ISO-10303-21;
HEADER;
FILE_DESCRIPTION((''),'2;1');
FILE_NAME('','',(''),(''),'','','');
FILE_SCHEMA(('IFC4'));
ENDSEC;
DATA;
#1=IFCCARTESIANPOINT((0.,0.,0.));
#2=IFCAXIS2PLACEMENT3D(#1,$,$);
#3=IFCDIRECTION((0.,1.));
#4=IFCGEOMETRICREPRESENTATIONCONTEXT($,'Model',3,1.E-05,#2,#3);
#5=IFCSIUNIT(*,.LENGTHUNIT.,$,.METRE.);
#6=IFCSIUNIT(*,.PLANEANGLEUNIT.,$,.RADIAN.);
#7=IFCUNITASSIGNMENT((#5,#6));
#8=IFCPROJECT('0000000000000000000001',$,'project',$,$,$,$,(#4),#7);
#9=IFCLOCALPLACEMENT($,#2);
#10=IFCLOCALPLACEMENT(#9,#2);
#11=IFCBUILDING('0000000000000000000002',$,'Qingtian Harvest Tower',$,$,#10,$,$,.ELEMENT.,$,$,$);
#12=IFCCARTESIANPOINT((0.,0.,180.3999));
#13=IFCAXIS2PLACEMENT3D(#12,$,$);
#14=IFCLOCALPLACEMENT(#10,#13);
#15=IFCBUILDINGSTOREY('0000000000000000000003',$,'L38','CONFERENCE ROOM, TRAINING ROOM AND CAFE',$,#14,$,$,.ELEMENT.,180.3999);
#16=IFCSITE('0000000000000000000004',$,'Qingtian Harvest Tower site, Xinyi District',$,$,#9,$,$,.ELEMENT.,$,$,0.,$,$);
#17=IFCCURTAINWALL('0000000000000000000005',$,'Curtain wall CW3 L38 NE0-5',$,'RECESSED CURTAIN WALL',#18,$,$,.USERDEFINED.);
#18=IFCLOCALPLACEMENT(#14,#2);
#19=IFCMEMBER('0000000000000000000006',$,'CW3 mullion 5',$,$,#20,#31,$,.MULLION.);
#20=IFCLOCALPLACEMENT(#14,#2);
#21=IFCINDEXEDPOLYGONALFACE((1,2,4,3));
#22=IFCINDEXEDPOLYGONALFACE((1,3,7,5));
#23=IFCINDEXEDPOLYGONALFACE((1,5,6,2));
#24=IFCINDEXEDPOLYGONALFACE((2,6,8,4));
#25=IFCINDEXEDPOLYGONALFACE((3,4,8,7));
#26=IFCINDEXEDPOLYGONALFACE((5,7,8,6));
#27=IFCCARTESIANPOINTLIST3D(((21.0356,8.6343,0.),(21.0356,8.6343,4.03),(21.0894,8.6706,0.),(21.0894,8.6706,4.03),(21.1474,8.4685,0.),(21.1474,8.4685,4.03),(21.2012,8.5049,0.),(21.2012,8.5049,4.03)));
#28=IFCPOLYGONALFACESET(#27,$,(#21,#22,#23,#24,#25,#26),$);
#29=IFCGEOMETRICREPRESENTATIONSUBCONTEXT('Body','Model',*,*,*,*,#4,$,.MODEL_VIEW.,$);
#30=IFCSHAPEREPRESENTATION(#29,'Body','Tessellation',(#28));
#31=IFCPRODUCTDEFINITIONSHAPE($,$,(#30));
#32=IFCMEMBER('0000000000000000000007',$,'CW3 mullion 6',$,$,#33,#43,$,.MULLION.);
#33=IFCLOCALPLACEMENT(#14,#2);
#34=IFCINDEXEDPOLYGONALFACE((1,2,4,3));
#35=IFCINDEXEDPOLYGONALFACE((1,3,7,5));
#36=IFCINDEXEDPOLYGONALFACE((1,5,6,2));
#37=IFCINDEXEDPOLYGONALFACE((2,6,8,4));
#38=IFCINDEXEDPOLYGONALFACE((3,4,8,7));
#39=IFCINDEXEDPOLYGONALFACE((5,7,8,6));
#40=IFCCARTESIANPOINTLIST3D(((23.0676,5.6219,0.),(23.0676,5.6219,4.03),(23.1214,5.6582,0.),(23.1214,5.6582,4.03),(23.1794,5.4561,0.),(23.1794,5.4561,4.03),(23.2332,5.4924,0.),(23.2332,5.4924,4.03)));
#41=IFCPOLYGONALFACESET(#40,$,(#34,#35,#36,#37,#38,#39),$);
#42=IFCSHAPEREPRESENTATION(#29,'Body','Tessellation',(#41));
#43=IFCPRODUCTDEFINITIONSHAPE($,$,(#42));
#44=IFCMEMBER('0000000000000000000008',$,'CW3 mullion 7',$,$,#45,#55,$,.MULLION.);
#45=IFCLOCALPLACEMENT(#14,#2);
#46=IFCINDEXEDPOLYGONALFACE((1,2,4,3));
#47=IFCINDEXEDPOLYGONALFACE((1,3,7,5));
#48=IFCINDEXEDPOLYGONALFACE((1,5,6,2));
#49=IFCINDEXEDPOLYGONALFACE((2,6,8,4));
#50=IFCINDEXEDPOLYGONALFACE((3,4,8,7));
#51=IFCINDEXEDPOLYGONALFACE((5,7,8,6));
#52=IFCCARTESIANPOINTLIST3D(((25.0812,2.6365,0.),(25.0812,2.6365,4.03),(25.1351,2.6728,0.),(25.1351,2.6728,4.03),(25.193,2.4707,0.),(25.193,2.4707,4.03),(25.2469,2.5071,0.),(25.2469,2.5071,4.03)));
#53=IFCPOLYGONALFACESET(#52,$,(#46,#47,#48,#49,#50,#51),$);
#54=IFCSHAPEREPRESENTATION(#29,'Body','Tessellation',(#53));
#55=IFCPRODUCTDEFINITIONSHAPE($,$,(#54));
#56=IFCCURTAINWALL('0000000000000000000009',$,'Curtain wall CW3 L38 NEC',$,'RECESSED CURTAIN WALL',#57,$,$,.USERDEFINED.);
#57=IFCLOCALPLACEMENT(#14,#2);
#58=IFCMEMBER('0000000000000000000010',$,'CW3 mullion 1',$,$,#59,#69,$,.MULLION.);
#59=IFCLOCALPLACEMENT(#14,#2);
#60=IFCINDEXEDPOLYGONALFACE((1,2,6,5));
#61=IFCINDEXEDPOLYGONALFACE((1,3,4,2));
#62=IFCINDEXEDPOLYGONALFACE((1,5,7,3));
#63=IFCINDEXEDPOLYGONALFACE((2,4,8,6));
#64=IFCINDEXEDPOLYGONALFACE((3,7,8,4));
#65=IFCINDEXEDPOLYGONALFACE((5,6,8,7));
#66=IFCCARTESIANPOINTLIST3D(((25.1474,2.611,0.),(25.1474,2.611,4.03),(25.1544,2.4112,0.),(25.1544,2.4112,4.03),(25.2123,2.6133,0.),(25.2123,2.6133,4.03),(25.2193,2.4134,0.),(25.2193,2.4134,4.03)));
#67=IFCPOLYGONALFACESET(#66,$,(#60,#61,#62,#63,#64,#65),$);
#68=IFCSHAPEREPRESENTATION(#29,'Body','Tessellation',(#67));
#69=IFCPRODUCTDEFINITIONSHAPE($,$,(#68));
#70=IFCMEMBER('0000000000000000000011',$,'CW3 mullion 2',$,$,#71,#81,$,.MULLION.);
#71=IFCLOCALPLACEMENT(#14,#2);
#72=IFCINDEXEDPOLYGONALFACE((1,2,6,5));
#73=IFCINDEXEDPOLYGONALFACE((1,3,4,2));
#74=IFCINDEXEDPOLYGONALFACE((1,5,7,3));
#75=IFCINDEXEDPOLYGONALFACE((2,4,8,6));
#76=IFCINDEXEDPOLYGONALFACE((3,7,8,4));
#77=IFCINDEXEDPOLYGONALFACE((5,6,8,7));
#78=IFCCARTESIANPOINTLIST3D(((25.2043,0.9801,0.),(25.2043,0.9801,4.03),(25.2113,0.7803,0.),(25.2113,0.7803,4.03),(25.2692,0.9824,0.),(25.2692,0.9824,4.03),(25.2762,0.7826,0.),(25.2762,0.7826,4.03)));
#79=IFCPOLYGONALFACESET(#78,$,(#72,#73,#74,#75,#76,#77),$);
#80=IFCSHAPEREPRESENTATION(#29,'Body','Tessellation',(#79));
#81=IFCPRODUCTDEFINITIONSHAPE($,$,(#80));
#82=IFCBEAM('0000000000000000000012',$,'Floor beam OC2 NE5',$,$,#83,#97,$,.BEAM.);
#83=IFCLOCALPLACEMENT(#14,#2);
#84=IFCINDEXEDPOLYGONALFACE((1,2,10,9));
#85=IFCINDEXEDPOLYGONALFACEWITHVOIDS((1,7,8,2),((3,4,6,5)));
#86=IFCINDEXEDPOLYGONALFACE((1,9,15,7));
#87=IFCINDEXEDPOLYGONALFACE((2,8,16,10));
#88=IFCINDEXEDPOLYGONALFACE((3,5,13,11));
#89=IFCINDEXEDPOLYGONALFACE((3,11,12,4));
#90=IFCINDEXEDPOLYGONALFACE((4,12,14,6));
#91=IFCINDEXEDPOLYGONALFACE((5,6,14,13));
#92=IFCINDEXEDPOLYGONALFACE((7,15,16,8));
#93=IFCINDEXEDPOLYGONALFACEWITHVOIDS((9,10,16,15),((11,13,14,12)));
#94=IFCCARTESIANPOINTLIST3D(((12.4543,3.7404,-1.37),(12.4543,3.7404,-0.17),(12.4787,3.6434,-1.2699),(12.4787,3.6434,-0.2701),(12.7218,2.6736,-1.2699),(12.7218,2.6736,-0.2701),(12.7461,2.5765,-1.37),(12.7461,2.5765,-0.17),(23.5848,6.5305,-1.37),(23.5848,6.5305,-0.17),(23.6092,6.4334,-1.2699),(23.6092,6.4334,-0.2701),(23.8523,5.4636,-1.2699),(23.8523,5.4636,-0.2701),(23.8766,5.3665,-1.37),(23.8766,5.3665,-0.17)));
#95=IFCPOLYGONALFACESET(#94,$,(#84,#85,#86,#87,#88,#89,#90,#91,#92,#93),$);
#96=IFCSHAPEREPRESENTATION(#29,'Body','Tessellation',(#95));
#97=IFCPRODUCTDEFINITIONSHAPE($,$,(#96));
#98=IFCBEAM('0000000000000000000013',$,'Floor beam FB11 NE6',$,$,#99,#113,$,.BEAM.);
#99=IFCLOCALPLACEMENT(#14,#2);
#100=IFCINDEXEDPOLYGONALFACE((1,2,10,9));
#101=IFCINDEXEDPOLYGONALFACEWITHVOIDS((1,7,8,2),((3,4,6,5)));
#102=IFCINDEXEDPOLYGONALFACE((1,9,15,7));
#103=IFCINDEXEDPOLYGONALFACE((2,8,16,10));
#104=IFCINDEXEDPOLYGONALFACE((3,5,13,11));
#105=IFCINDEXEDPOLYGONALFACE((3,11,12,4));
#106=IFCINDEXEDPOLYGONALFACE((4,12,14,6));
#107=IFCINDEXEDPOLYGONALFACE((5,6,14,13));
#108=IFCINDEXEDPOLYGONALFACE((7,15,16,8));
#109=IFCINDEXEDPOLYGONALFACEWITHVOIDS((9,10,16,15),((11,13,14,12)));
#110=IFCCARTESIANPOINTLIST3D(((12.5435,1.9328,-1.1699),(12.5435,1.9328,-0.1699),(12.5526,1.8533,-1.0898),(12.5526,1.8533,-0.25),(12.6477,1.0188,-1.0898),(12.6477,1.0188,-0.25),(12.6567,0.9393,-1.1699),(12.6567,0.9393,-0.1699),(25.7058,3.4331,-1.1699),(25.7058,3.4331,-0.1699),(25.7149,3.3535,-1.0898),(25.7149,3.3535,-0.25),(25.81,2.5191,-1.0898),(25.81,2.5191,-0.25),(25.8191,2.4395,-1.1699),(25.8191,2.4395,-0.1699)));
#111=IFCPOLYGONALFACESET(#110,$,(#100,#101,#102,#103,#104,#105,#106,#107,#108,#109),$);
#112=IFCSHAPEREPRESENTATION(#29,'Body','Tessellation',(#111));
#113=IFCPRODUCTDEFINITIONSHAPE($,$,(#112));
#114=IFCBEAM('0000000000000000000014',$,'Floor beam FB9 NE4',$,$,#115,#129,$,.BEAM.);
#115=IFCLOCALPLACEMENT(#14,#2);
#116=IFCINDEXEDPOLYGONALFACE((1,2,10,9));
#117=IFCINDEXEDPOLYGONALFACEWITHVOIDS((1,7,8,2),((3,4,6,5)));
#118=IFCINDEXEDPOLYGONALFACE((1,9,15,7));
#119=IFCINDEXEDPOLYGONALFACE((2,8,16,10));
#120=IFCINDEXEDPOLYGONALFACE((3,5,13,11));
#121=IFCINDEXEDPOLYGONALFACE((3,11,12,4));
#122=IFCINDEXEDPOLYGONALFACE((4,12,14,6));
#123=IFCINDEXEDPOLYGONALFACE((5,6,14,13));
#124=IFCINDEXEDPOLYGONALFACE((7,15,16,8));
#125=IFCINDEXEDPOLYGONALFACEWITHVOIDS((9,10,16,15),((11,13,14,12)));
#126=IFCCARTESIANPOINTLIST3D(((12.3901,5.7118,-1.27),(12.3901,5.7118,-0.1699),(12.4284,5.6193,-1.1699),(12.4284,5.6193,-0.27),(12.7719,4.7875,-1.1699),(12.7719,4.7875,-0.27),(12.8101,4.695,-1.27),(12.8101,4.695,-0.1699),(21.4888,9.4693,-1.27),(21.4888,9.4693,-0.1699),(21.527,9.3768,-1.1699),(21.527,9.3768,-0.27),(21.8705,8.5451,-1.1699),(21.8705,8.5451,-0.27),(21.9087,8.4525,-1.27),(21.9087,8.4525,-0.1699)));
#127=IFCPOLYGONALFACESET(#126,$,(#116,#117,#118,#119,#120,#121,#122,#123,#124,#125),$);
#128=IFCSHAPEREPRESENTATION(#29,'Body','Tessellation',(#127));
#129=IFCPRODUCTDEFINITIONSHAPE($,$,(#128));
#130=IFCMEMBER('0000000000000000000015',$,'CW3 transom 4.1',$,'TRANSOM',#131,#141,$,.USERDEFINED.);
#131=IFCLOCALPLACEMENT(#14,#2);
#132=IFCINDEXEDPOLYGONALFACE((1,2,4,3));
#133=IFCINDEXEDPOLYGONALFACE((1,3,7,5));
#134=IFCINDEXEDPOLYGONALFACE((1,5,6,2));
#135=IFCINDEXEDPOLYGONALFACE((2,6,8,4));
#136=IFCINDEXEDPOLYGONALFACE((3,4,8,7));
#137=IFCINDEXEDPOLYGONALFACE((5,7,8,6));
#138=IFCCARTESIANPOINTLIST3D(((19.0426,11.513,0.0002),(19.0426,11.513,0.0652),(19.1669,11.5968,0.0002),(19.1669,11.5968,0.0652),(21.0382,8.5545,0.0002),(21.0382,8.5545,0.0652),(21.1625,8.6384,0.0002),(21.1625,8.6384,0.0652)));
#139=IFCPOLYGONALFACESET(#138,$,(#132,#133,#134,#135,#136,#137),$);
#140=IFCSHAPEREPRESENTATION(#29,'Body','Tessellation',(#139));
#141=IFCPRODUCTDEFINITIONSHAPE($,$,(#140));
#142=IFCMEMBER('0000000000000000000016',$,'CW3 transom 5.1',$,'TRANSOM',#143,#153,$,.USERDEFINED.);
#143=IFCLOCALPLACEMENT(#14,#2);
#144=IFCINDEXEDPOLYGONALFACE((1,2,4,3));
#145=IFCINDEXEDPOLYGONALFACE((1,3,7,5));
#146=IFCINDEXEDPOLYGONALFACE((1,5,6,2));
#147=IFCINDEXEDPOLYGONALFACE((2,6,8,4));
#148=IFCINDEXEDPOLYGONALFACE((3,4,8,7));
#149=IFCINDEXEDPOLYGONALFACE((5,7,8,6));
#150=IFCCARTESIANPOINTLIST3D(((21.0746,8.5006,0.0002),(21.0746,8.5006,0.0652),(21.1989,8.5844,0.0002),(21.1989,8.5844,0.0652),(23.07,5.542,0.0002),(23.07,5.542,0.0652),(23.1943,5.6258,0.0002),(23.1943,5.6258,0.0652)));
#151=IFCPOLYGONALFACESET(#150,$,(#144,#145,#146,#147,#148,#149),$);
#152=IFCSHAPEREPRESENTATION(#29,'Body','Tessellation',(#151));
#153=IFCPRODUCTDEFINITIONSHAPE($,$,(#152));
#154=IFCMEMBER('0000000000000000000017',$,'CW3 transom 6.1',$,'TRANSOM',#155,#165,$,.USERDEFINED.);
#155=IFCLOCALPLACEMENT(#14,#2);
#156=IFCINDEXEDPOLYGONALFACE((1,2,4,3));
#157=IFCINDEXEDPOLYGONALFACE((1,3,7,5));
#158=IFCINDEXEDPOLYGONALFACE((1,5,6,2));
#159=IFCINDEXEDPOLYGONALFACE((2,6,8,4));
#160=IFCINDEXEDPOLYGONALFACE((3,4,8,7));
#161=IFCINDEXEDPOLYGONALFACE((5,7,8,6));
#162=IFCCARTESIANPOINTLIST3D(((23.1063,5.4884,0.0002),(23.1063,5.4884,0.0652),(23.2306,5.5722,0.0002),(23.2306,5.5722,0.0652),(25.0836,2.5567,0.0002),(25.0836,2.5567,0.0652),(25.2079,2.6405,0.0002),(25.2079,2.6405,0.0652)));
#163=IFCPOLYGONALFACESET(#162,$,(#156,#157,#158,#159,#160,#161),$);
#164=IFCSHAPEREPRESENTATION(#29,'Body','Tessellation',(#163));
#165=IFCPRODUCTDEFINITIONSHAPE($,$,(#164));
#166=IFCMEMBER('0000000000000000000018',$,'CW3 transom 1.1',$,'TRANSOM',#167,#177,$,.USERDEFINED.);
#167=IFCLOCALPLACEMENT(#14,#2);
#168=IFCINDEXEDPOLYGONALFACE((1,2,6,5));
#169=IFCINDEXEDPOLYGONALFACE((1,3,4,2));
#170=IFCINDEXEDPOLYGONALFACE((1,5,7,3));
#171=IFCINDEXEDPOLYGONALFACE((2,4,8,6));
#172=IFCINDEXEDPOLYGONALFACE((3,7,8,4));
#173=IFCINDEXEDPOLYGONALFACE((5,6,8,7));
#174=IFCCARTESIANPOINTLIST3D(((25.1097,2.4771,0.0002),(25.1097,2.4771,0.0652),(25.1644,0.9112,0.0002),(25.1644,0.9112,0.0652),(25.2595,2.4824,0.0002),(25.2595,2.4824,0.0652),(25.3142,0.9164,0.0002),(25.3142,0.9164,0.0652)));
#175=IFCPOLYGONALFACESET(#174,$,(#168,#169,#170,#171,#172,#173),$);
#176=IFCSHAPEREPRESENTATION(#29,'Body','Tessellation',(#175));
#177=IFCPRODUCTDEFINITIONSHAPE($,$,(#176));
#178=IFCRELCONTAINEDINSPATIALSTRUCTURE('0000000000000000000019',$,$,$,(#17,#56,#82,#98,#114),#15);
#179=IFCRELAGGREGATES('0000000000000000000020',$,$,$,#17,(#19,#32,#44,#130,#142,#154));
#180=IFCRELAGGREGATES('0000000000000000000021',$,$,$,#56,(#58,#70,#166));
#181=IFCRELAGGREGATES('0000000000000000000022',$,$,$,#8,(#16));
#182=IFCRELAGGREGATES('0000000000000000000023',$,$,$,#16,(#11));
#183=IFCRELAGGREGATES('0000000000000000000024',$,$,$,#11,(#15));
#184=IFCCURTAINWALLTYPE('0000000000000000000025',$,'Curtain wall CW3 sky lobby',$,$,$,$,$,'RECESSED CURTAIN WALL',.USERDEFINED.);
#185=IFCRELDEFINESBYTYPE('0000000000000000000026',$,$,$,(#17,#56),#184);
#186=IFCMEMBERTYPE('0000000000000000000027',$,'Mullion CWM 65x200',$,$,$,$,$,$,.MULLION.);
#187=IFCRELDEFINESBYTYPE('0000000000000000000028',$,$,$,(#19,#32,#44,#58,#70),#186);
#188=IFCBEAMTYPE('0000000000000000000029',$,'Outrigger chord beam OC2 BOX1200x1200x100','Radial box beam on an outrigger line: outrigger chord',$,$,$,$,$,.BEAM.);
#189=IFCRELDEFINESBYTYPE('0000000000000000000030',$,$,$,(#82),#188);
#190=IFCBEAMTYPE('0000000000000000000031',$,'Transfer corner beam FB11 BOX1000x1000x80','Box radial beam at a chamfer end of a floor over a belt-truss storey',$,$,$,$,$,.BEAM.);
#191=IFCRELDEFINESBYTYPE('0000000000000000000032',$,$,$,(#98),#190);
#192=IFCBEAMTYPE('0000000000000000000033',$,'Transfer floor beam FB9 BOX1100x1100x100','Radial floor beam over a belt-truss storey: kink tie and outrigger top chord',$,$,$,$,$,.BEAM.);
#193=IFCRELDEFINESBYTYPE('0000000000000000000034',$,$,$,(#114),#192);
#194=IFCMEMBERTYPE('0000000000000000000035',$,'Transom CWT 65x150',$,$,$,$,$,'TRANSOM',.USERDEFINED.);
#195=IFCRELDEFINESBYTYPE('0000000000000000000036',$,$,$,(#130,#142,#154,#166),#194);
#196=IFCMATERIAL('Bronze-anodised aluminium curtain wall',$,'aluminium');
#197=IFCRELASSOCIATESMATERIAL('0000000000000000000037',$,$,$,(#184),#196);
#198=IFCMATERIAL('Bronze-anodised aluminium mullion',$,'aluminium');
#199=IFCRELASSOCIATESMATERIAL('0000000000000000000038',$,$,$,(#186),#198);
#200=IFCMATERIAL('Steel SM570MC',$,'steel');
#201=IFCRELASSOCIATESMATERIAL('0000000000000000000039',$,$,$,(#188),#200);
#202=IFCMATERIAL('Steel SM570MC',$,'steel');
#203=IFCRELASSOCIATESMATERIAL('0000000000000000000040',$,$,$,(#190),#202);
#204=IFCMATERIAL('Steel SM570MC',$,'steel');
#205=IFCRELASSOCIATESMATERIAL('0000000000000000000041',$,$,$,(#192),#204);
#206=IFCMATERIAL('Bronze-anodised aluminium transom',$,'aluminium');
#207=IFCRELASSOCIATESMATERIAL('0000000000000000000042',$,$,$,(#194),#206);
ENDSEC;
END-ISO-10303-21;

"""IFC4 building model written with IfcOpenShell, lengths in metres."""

from ifc_helpers import new_model, si_unit, direction, frame, origin, origin_2d, place, context, subcontext, project, spatial, rectangle, hollow_rectangle, extrude, material, material_profile, profile_set, type_object, element, aggregate, save


model = new_model("IFC4")

# Units and contexts
model_context = context("Model", 3, precision=1e-05, world=origin(), true_north=direction((0.0, 1.0)))
body_context = subcontext(model_context, "Body", "Model", "MODEL_VIEW")
ifc_project = project(units=[si_unit("LENGTHUNIT", "METRE"), si_unit("PLANEANGLEUNIT", "RADIAN")], contexts=[model_context])

# Site, building, storey
site_placement = place(None, origin())
site = spatial("IfcSite", under=ifc_project, at=site_placement, Name="Qingtian Harvest Tower site, Xinyi District", CompositionType="ELEMENT", RefElevation=0.0)
building_placement = place(site_placement, origin())
building = spatial("IfcBuilding", under=site, at=building_placement, Name="Qingtian Harvest Tower", CompositionType="ELEMENT")
storey_placement = place(building_placement, frame((0.0, 0.0, 180.3999)))
storey = spatial("IfcBuildingStorey", under=building, at=storey_placement, Name="L38", Description="CONFERENCE ROOM, TRAINING ROOM AND CAFE", CompositionType="ELEMENT", Elevation=180.3999)

# Curtain walls, members
ifc_material_1 = material(Name="Bronze-anodised aluminium curtain wall", Category="aluminium")
curtain_wall_type = type_object("IfcCurtainWallType", Name="Curtain wall CW3 sky lobby", ElementType="RECESSED CURTAIN WALL", PredefinedType="USERDEFINED", material=ifc_material_1)
curtain_wall_1_placement = place(storey_placement, origin())
curtain_wall_1 = element("IfcCurtainWall", 1, at=curtain_wall_1_placement, inside=storey, type_object=curtain_wall_type, Name="Curtain wall CW3 L38 NE0-5", ObjectType="RECESSED CURTAIN WALL", PredefinedType="USERDEFINED")
ifc_material_2 = material(Name="Bronze-anodised aluminium mullion", Category="aluminium")
ifc_material_profile_1 = material_profile(ifc_material_2, rectangle(XDim=0.0649, YDim=0.2, at=origin_2d()), Name="AL 65x200")
ifc_profile_set_1 = profile_set([ifc_material_profile_1], Name="Bronze-anodised aluminium mullion")
member_type_1 = type_object("IfcMemberType", Name="Mullion CWM 65x200", PredefinedType="MULLION", material=ifc_profile_set_1)
member_1_placement = place(storey_placement, frame((21.1184, 8.5696, 0.0), z_axis=(0.0, 0.0, 1.0), x_axis=(0.829038, 0.559193, 0.0)))
member_1 = element("IfcMember", 2, at=member_1_placement, type_object=member_type_1, Name="CW3 mullion 5", PredefinedType="MULLION", context=body_context, shape_type="SweptSolid", body=[
    extrude(rectangle(XDim=0.0649, YDim=0.2, at=origin_2d()), origin(), (0.0, 0.0, 1.0), 4.03),
])
member_2_placement = place(storey_placement, frame((23.1504, 5.5571, 0.0), z_axis=(0.0, 0.0, 1.0), x_axis=(0.829038, 0.559193, 0.0)))
member_2 = element("IfcMember", 3, at=member_2_placement, type_object=member_type_1, Name="CW3 mullion 6", PredefinedType="MULLION", context=body_context, shape_type="SweptSolid", body=[
    extrude(rectangle(XDim=0.0649, YDim=0.2, at=origin_2d()), origin(), (0.0, 0.0, 1.0), 4.03),
])
member_3_placement = place(storey_placement, frame((25.1641, 2.5718, 0.0), z_axis=(0.0, 0.0, 1.0), x_axis=(0.829038, 0.559193, 0.0)))
member_3 = element("IfcMember", 4, at=member_3_placement, type_object=member_type_1, Name="CW3 mullion 7", PredefinedType="MULLION", context=body_context, shape_type="SweptSolid", body=[
    extrude(rectangle(XDim=0.0649, YDim=0.2, at=origin_2d()), origin(), (0.0, 0.0, 1.0), 4.03),
])
curtain_wall_2_placement = place(storey_placement, origin())
curtain_wall_2 = element("IfcCurtainWall", 5, at=curtain_wall_2_placement, inside=storey, type_object=curtain_wall_type, Name="Curtain wall CW3 L38 NEC", ObjectType="RECESSED CURTAIN WALL", PredefinedType="USERDEFINED")
member_4_placement = place(storey_placement, frame((25.1833, 2.5122, 0.0), z_axis=(0.0, 0.0, 1.0), x_axis=(0.999391, 0.034899, 0.0)))
member_4 = element("IfcMember", 6, at=member_4_placement, type_object=member_type_1, Name="CW3 mullion 1", PredefinedType="MULLION", context=body_context, shape_type="SweptSolid", body=[
    extrude(rectangle(XDim=0.0649, YDim=0.2, at=origin_2d()), origin(), (0.0, 0.0, 1.0), 4.03),
])
member_5_placement = place(storey_placement, frame((25.2402, 0.8813, 0.0), z_axis=(0.0, 0.0, 1.0), x_axis=(0.999391, 0.034899, 0.0)))
member_5 = element("IfcMember", 7, at=member_5_placement, type_object=member_type_1, Name="CW3 mullion 2", PredefinedType="MULLION", context=body_context, shape_type="SweptSolid", body=[
    extrude(rectangle(XDim=0.0649, YDim=0.2, at=origin_2d()), origin(), (0.0, 0.0, 1.0), 4.03),
])

# Beams
ifc_material_3 = material(Name="Steel SM570MC", Category="steel")
ifc_material_profile_2 = material_profile(ifc_material_3, hollow_rectangle(XDim=1.2, YDim=1.2, WallThickness=0.1001, at=origin_2d()), Name="BOX1200x1200x100")
ifc_profile_set_2 = profile_set([ifc_material_profile_2], Name="Steel SM570MC")
beam_type_1 = type_object("IfcBeamType", Name="Outrigger chord beam OC2 BOX1200x1200x100", Description="Radial box beam on an outrigger line: outrigger chord", PredefinedType="BEAM", material=ifc_profile_set_2)
beam_1_placement = place(storey_placement, frame((23.7307, 5.9485, -0.77), z_axis=(-0.969991, -0.243141, 0.0), x_axis=(0.243141, -0.969991, 0.0)))
element("IfcBeam", 8, at=beam_1_placement, inside=storey, type_object=beam_type_1, Name="Floor beam OC2 NE5", PredefinedType="BEAM", context=body_context, shape_type="SweptSolid", body=[
    extrude(hollow_rectangle(XDim=1.2, YDim=1.2, WallThickness=0.1001, at=origin_2d()), origin(), (0.0, 0.0, 1.0), 11.4749),
])
ifc_material_4 = material(Name="Steel SM570MC", Category="steel")
ifc_material_profile_3 = material_profile(ifc_material_4, hollow_rectangle(XDim=1.0, YDim=1.0, WallThickness=0.0801, at=origin_2d()), Name="BOX1000x1000x80")
ifc_profile_set_3 = profile_set([ifc_material_profile_3], Name="Steel SM570MC")
beam_type_2 = type_object("IfcBeamType", Name="Transfer corner beam FB11 BOX1000x1000x80", Description="Box radial beam at a chamfer end of a floor over a belt-truss storey", PredefinedType="BEAM", material=ifc_profile_set_3)
beam_2_placement = place(storey_placement, frame((25.7625, 2.9363, -0.6699), z_axis=(-0.993567, -0.113247, 0.0), x_axis=(0.113247, -0.993567, 0.0)))
element("IfcBeam", 9, at=beam_2_placement, inside=storey, type_object=beam_type_2, Name="Floor beam FB11 NE6", PredefinedType="BEAM", context=body_context, shape_type="SweptSolid", body=[
    extrude(hollow_rectangle(XDim=1.0, YDim=1.0, WallThickness=0.0801, at=origin_2d()), origin(), (0.0, 0.0, 1.0), 13.2476),
])
ifc_material_5 = material(Name="Steel SM570MC", Category="steel")
ifc_material_profile_4 = material_profile(ifc_material_5, hollow_rectangle(XDim=1.1001, YDim=1.1001, WallThickness=0.1001, at=origin_2d()), Name="BOX1100x1100x100")
ifc_profile_set_4 = profile_set([ifc_material_profile_4], Name="Steel SM570MC")
beam_type_3 = type_object("IfcBeamType", Name="Transfer floor beam FB9 BOX1100x1100x100", Description="Radial floor beam over a belt-truss storey: kink tie and outrigger top chord", PredefinedType="BEAM", material=ifc_profile_set_4)
beam_3_placement = place(storey_placement, frame((21.6987, 8.9609, -0.72), z_axis=(-0.924282, -0.381711, 0.0), x_axis=(0.381711, -0.924282, 0.0)))
element("IfcBeam", 10, at=beam_3_placement, inside=storey, type_object=beam_type_3, Name="Floor beam FB9 NE4", PredefinedType="BEAM", context=body_context, shape_type="SweptSolid", body=[
    extrude(hollow_rectangle(XDim=1.1001, YDim=1.1001, WallThickness=0.1001, at=origin_2d()), origin(), (0.0, 0.0, 1.0), 9.844),
])

# Members
ifc_material_6 = material(Name="Bronze-anodised aluminium transom", Category="aluminium")
ifc_material_profile_5 = material_profile(ifc_material_6, rectangle(XDim=0.1499, YDim=0.0649, at=origin_2d()), Name="AL 65x150")
ifc_profile_set_5 = profile_set([ifc_material_profile_5], Name="Bronze-anodised aluminium transom")
member_type_2 = type_object("IfcMemberType", Name="Transom CWT 65x150", ElementType="TRANSOM", PredefinedType="USERDEFINED", material=ifc_profile_set_5)
member_6_placement = place(storey_placement, frame((19.1047, 11.5549, 0.0327), z_axis=(0.559207, -0.829028, 0.0), x_axis=(0.829028, 0.559207, 0.0)))
member_6 = element("IfcMember", 11, at=member_6_placement, type_object=member_type_2, Name="CW3 transom 4.1", ObjectType="TRANSOM", PredefinedType="USERDEFINED", context=body_context, shape_type="SweptSolid", body=[
    extrude(rectangle(XDim=0.1499, YDim=0.0649, at=origin_2d()), origin(), (0.0, 0.0, 1.0), 3.5686),
])
member_7_placement = place(storey_placement, frame((21.1367, 8.5425, 0.0327), z_axis=(0.55916, -0.82906, 0.0), x_axis=(0.82906, 0.55916, 0.0)))
member_7 = element("IfcMember", 12, at=member_7_placement, type_object=member_type_2, Name="CW3 transom 5.1", ObjectType="TRANSOM", PredefinedType="USERDEFINED", context=body_context, shape_type="SweptSolid", body=[
    extrude(rectangle(XDim=0.1499, YDim=0.0649, at=origin_2d()), origin(), (0.0, 0.0, 1.0), 3.5686),
])
member_8_placement = place(storey_placement, frame((23.1685, 5.5303, 0.0327), z_axis=(0.559169, -0.829054, 0.0), x_axis=(0.829054, 0.559169, 0.0)))
member_8 = element("IfcMember", 13, at=member_8_placement, type_object=member_type_2, Name="CW3 transom 6.1", ObjectType="TRANSOM", PredefinedType="USERDEFINED", context=body_context, shape_type="SweptSolid", body=[
    extrude(rectangle(XDim=0.1499, YDim=0.0649, at=origin_2d()), origin(), (0.0, 0.0, 1.0), 3.5361),
])
member_9_placement = place(storey_placement, frame((25.1846, 2.4797, 0.0327), z_axis=(0.034902, -0.999391, 0.0), x_axis=(0.999391, 0.034902, 0.0)))
member_9 = element("IfcMember", 14, at=member_9_placement, type_object=member_type_2, Name="CW3 transom 1.1", ObjectType="TRANSOM", PredefinedType="USERDEFINED", context=body_context, shape_type="SweptSolid", body=[
    extrude(rectangle(XDim=0.1499, YDim=0.0649, at=origin_2d()), origin(), (0.0, 0.0, 1.0), 1.5669),
])

aggregate(curtain_wall_1, [member_1, member_2, member_3, member_6, member_7, member_8])
aggregate(curtain_wall_2, [member_4, member_5, member_9])

save(model, "model.ifc")
